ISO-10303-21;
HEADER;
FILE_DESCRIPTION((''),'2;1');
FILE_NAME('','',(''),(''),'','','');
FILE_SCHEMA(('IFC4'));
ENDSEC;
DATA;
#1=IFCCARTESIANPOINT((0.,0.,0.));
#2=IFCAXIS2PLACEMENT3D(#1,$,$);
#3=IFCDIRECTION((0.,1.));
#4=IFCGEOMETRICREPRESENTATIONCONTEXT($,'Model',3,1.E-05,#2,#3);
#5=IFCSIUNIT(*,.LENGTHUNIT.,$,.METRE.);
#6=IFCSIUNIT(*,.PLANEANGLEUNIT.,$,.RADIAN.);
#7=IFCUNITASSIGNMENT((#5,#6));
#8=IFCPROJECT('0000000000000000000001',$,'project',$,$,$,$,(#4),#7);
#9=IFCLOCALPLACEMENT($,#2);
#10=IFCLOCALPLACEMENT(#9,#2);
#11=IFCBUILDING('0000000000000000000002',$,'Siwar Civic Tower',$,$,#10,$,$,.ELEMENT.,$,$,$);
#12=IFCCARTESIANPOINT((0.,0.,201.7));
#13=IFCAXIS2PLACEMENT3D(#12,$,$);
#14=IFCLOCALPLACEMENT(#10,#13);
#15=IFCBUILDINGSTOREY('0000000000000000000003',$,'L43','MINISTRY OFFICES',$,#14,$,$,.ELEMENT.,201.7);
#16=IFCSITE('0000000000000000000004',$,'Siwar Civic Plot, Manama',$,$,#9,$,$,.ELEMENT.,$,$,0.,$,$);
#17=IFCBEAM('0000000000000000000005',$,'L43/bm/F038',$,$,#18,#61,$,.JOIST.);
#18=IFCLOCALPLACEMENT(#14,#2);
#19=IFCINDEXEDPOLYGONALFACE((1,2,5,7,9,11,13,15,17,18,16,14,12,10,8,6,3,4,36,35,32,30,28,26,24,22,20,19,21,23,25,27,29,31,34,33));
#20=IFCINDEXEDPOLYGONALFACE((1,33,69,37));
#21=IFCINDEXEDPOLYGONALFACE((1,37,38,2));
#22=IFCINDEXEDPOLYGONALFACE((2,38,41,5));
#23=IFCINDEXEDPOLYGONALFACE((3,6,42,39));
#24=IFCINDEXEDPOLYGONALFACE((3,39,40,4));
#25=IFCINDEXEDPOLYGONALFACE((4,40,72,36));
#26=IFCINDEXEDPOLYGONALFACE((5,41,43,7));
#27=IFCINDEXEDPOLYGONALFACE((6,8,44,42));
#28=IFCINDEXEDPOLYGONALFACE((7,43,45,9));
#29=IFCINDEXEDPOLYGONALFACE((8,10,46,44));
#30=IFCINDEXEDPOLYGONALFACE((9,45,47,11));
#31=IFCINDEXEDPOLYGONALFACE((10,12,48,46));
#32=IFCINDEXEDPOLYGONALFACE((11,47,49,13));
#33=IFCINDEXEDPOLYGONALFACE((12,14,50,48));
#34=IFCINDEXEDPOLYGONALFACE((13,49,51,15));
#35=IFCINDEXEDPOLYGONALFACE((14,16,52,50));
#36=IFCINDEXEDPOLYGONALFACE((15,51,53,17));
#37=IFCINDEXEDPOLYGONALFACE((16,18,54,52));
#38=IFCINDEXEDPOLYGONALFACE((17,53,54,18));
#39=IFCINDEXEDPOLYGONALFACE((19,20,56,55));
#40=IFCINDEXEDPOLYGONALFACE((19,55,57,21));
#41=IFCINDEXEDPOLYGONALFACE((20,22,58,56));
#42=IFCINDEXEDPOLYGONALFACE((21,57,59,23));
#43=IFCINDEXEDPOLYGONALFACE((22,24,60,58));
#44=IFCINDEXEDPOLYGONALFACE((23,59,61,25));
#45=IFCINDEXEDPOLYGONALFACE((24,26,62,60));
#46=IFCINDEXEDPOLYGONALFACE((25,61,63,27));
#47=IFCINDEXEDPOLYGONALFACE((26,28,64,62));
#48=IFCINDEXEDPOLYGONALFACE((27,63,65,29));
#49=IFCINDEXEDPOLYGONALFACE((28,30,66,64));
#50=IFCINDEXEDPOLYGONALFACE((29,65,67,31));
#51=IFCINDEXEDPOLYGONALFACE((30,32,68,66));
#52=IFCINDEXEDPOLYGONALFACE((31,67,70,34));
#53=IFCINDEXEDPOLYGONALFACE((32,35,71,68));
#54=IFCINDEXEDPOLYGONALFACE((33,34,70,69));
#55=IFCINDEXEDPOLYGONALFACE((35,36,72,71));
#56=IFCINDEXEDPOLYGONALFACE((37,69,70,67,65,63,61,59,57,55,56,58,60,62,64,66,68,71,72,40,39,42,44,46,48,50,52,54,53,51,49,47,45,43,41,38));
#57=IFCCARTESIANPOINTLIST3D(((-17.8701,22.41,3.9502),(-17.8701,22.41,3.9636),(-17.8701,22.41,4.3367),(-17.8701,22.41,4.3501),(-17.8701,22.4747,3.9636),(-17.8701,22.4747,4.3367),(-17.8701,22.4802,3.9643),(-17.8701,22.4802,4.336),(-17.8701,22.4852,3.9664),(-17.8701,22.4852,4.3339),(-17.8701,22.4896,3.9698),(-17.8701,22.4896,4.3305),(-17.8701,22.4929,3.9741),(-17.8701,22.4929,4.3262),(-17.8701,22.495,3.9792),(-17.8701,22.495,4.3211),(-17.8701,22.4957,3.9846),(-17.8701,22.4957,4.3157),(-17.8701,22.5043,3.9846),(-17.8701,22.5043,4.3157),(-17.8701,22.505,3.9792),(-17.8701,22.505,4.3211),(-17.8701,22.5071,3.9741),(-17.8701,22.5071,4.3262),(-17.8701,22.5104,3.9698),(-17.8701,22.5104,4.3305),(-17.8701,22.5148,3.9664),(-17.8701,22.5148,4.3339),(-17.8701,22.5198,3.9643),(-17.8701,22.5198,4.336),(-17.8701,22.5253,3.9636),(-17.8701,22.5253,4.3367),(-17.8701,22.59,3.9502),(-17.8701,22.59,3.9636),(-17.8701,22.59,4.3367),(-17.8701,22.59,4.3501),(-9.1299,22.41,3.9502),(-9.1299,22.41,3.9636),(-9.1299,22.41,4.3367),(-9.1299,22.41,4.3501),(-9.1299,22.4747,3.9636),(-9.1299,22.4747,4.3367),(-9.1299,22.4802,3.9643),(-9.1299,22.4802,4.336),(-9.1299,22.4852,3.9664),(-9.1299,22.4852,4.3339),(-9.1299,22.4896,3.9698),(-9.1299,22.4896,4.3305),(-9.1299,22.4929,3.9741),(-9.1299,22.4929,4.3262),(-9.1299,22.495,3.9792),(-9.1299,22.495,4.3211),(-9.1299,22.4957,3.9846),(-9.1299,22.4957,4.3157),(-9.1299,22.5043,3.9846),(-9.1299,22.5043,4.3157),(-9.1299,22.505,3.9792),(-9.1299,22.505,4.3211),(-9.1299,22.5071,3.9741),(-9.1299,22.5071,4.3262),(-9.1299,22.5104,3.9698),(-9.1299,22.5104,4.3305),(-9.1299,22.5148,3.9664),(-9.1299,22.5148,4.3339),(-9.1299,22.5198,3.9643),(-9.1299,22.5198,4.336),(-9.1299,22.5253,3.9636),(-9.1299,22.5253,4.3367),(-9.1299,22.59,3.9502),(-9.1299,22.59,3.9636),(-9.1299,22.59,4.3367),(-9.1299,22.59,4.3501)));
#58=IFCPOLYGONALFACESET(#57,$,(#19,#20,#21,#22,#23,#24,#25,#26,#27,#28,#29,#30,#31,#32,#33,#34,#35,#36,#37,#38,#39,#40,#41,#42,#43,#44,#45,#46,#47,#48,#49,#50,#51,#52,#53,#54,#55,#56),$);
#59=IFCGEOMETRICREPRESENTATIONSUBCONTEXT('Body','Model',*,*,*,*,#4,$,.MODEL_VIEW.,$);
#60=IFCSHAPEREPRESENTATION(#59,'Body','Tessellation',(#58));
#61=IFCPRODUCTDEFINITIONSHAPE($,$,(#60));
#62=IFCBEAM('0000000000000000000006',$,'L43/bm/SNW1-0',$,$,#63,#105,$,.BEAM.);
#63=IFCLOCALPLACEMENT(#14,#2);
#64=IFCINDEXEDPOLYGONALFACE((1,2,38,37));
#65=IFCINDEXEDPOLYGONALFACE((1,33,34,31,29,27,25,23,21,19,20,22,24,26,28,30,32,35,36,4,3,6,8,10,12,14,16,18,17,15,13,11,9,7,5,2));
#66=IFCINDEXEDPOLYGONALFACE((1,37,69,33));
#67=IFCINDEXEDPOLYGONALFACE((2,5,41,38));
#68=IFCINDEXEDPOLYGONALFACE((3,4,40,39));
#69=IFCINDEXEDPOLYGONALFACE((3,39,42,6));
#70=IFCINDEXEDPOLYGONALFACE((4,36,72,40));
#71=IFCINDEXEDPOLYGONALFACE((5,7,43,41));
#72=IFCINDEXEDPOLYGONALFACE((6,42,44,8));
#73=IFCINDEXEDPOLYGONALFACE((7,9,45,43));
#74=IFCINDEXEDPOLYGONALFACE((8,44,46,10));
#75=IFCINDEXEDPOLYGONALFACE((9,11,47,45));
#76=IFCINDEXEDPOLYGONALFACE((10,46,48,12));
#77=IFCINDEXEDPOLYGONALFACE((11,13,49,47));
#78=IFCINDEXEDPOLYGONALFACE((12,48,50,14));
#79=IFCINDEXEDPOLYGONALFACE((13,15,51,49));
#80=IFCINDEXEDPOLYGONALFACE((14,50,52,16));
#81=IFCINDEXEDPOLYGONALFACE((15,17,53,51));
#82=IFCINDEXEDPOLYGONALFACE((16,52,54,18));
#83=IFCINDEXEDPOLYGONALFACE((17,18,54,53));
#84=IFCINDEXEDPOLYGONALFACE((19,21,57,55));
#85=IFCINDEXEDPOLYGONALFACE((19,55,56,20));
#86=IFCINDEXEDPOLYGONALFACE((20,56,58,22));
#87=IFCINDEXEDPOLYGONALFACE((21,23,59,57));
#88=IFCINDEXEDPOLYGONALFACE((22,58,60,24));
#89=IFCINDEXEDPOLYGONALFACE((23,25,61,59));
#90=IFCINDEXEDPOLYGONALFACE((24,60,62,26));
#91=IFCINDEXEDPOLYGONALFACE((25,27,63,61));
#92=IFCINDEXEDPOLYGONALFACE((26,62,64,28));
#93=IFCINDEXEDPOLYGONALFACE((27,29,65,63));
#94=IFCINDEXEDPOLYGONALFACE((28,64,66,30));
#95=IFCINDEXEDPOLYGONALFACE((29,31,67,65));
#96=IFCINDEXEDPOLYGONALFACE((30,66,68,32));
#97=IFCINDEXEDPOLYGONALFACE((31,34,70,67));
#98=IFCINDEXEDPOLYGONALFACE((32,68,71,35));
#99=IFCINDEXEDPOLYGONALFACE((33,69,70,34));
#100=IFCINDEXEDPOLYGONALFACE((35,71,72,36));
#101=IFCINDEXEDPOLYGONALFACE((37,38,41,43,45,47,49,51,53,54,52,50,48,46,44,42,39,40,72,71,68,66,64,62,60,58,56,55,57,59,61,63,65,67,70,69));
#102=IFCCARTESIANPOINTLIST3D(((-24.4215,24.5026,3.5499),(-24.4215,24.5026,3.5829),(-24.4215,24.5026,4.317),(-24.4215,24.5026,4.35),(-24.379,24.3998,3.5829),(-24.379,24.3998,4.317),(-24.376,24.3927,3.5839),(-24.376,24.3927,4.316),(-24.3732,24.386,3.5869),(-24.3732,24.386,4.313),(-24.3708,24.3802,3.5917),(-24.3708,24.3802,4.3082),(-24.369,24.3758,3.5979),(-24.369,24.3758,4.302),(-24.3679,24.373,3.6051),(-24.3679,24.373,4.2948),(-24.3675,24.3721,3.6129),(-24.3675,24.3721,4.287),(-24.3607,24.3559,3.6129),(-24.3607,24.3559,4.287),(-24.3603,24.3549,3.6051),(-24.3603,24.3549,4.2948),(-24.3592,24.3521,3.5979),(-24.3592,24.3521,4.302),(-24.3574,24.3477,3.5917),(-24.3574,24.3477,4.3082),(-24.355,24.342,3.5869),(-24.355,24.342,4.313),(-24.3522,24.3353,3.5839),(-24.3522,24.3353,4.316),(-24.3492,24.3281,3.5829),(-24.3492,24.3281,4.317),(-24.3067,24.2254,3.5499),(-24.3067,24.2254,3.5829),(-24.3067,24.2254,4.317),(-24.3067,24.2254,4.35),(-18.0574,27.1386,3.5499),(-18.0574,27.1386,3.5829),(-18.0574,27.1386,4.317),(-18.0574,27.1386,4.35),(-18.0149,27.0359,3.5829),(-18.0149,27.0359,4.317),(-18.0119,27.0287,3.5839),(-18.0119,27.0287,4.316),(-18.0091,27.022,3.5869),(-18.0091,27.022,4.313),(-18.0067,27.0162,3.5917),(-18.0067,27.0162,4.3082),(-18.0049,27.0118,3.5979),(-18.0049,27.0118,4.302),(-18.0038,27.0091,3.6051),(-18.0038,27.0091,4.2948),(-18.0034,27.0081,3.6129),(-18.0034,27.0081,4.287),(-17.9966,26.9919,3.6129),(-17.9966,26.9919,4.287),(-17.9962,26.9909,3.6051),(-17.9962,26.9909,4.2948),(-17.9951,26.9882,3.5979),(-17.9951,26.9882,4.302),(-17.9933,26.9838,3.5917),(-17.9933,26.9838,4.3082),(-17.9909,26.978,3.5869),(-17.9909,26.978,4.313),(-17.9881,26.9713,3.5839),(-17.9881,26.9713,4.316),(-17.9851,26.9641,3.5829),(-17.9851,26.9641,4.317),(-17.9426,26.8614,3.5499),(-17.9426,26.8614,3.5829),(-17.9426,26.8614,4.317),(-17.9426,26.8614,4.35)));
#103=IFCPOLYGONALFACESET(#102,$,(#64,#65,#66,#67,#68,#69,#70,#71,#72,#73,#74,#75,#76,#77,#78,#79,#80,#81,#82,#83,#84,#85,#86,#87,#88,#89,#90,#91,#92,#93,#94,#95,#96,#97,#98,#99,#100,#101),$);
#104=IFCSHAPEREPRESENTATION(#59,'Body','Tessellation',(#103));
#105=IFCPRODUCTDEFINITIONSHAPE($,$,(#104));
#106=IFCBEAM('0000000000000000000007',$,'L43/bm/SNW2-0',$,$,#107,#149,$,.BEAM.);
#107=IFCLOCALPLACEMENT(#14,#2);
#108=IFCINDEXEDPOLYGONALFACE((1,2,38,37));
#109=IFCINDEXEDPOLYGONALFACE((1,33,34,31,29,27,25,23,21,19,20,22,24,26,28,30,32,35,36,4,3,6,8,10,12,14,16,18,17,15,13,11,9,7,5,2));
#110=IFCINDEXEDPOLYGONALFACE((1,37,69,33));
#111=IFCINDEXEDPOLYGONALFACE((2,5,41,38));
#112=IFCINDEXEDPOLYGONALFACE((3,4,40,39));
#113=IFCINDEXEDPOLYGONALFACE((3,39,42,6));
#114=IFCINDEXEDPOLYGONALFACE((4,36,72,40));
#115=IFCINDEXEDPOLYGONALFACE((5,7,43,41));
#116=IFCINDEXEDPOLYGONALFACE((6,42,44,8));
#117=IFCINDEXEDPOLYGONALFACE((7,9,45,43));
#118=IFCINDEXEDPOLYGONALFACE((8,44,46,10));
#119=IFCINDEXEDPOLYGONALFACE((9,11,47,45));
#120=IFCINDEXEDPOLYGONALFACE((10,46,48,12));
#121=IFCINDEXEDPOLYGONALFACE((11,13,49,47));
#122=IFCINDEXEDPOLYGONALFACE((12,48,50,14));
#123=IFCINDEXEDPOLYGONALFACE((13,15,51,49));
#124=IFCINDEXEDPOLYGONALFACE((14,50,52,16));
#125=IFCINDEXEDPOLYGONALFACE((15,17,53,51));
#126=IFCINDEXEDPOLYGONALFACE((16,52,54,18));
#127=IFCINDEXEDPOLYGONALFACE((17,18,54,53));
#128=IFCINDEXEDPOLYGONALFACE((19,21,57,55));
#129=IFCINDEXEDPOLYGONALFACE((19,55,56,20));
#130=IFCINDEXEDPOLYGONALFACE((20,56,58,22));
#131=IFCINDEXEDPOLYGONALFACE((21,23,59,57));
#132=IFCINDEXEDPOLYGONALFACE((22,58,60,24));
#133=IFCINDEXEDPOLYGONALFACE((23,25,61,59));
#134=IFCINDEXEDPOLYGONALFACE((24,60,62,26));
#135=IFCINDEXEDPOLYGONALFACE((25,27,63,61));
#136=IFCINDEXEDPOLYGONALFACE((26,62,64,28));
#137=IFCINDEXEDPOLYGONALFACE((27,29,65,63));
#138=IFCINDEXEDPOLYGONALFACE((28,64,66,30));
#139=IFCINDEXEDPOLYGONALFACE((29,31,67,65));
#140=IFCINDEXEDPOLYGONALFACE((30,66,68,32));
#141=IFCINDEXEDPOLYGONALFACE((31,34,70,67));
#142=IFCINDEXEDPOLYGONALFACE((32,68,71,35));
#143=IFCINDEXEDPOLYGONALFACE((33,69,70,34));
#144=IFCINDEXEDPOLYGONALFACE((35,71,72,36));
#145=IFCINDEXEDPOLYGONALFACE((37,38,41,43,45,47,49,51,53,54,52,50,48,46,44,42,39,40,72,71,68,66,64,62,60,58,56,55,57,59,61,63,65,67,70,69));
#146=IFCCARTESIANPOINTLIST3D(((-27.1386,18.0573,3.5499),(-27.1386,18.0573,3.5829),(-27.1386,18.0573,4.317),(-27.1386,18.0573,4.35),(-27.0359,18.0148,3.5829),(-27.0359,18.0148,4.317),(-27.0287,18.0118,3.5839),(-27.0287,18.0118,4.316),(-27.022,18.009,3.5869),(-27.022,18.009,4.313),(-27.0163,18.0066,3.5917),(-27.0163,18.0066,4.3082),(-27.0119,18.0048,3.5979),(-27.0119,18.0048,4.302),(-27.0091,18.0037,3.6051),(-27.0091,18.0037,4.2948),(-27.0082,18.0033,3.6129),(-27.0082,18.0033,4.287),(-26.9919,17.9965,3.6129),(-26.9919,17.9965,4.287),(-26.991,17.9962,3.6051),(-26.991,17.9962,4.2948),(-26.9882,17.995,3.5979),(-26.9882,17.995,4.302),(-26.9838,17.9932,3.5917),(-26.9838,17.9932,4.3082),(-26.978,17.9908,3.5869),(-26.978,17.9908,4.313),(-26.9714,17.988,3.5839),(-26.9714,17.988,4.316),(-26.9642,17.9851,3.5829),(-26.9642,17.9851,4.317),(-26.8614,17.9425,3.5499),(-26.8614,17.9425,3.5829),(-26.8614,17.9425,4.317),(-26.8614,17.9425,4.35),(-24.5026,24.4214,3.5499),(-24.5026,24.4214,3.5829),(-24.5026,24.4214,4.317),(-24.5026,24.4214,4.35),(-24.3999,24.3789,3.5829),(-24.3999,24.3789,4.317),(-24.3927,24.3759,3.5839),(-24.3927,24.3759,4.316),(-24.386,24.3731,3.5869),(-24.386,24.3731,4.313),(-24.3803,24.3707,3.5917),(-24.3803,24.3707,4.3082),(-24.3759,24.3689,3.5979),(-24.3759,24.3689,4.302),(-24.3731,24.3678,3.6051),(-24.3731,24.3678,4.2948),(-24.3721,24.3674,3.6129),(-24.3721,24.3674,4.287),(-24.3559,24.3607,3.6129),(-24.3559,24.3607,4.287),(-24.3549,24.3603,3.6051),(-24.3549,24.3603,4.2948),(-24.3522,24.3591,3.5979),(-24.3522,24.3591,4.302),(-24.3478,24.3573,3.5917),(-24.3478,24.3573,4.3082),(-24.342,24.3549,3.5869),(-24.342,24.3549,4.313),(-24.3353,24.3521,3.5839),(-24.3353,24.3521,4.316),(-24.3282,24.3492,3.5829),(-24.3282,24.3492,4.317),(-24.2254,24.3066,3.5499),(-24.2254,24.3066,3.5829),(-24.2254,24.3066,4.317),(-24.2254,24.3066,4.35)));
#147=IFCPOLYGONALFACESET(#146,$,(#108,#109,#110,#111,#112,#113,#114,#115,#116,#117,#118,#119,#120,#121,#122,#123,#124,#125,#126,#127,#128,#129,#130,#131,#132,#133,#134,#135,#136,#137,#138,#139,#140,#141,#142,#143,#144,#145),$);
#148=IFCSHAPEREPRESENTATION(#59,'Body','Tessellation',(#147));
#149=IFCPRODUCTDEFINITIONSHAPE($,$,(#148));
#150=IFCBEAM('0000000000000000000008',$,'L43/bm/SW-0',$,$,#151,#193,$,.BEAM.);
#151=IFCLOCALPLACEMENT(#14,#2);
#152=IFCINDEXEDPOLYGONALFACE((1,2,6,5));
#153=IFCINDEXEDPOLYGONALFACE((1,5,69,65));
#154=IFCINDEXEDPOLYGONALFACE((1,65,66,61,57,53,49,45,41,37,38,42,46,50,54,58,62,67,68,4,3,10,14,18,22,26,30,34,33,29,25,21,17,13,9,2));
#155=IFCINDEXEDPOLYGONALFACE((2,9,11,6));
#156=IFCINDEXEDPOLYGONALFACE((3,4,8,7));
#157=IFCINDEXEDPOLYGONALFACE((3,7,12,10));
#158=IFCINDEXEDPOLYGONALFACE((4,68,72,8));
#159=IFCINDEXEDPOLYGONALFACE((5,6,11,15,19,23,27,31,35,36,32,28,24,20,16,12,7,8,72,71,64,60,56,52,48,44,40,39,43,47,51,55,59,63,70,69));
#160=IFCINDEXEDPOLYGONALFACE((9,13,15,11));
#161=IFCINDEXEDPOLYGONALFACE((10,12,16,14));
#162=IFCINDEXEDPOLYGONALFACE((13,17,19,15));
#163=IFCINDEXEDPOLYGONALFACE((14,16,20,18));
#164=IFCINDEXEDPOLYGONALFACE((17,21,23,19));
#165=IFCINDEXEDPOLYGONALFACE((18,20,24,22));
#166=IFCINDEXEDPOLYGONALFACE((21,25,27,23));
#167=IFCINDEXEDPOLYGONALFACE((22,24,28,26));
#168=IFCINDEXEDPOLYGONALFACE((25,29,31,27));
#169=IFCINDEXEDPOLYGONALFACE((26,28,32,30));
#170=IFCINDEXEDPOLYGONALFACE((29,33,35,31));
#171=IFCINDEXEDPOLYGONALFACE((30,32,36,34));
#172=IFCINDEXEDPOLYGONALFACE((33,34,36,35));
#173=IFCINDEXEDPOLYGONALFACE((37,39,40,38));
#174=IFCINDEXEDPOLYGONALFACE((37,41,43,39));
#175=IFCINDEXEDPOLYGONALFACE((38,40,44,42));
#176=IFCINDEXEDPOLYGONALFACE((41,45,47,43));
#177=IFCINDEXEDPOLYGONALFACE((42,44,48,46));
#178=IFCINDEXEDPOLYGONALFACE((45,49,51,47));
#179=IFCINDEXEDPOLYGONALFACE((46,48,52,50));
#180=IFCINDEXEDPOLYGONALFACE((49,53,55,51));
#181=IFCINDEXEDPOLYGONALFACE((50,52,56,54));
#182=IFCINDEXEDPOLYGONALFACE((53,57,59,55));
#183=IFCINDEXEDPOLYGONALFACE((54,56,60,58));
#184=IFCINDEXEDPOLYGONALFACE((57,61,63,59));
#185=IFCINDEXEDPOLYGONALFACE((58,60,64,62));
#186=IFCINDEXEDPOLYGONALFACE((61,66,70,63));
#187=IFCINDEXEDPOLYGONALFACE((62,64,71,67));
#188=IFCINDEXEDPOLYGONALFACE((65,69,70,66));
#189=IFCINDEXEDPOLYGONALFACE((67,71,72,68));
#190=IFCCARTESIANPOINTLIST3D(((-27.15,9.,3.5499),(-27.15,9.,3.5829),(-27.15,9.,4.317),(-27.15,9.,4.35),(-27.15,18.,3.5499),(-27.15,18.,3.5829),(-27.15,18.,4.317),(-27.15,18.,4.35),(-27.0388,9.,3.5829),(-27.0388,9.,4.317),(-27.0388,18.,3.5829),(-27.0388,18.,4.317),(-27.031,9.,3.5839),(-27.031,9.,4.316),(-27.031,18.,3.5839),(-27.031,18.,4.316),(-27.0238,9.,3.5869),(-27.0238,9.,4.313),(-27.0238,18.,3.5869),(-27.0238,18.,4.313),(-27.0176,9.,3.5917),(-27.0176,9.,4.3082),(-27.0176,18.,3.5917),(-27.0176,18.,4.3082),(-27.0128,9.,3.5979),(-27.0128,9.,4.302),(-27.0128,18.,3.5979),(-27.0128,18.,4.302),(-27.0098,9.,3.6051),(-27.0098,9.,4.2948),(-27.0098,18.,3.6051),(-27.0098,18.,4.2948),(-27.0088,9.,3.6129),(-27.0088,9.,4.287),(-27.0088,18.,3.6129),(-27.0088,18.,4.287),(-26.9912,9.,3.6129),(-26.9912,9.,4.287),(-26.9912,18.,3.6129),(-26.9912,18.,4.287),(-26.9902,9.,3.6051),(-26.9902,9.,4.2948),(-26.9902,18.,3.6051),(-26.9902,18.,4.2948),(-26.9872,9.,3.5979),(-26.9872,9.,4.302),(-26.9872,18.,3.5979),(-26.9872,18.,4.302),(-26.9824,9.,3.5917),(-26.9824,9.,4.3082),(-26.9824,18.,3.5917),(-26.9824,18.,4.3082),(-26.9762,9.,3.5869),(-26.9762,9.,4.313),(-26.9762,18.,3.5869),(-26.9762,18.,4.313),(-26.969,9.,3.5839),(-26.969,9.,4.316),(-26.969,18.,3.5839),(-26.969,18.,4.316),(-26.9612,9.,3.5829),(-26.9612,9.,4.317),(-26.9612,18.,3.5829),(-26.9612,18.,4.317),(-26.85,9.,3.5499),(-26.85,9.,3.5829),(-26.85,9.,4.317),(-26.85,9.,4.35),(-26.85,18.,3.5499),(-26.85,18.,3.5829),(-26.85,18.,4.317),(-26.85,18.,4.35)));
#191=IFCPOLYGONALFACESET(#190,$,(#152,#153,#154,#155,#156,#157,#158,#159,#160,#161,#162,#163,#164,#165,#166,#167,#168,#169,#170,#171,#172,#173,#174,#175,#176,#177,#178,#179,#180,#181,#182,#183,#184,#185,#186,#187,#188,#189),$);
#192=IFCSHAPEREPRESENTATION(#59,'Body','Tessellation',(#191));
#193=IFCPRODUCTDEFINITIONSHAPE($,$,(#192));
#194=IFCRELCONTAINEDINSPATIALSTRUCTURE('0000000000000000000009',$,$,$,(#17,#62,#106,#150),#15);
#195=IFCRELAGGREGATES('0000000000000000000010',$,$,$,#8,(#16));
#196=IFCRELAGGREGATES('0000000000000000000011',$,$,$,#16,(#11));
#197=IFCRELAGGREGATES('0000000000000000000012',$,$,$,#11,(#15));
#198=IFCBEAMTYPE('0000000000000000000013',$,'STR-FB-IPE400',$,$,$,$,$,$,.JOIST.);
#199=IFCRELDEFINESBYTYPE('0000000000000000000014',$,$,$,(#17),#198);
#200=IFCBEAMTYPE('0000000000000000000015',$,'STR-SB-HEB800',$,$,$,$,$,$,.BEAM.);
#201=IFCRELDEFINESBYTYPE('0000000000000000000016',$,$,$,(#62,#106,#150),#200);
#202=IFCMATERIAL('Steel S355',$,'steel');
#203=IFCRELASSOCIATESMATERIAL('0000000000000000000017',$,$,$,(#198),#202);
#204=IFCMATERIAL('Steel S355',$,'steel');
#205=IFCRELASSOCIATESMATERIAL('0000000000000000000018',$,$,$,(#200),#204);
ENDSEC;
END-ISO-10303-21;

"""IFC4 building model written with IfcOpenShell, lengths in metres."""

from ifc_helpers import new_model, si_unit, direction, frame, origin, origin_2d, place, context, subcontext, project, spatial, i_section, extrude, material, material_profile, profile_set, type_object, element, save


model = new_model("IFC4")

# Units and contexts
model_context = context("Model", 3, precision=1e-05, world=origin(), true_north=direction((0.0, 1.0)))
body_context = subcontext(model_context, "Body", "Model", "MODEL_VIEW")
ifc_project = project(units=[si_unit("LENGTHUNIT", "METRE"), si_unit("PLANEANGLEUNIT", "RADIAN")], contexts=[model_context])

# Site, building, storey
site_placement = place(None, origin())
site = spatial("IfcSite", under=ifc_project, at=site_placement, Name="Siwar Civic Plot, Manama", CompositionType="ELEMENT", RefElevation=0.0)
building_placement = place(site_placement, origin())
building = spatial("IfcBuilding", under=site, at=building_placement, Name="Siwar Civic Tower", CompositionType="ELEMENT")
storey_placement = place(building_placement, frame((0.0, 0.0, 201.7)))
storey = spatial("IfcBuildingStorey", under=building, at=storey_placement, Name="L43", Description="MINISTRY OFFICES", CompositionType="ELEMENT", Elevation=201.7)

# Beams
ifc_material_1 = material(Name="Steel S355", Category="steel")
ifc_material_profile_1 = material_profile(ifc_material_1, i_section(OverallWidth=0.1799, OverallDepth=0.3999, WebThickness=0.0085, FlangeThickness=0.0134, FilletRadius=0.021, at=origin_2d()), Name="IPE400")
ifc_profile_set_1 = profile_set([ifc_material_profile_1], Name="Steel S355")
beam_type_1 = type_object("IfcBeamType", Name="STR-FB-IPE400", PredefinedType="JOIST", material=ifc_profile_set_1)
beam_1_placement = place(storey_placement, frame((-17.8701, 22.5, 4.1501), z_axis=(1.0, 0.0, 0.0), x_axis=(0.0, 1.0, 0.0)))
element("IfcBeam", 1, at=beam_1_placement, inside=storey, type_object=beam_type_1, Name="L43/bm/F038", PredefinedType="JOIST", context=body_context, shape_type="SweptSolid", body=[
    extrude(i_section(OverallWidth=0.1799, OverallDepth=0.3999, WebThickness=0.0085, FlangeThickness=0.0134, FilletRadius=0.021, at=origin_2d()), origin(), (0.0, 0.0, 1.0), 8.7402),
])
ifc_material_2 = material(Name="Steel S355", Category="steel")
ifc_material_profile_2 = material_profile(ifc_material_2, i_section(OverallWidth=0.3, OverallDepth=0.8, WebThickness=0.0176, FlangeThickness=0.033, FilletRadius=0.03, at=origin_2d()), Name="HEB800")
ifc_profile_set_2 = profile_set([ifc_material_profile_2], Name="Steel S355")
beam_type_2 = type_object("IfcBeamType", Name="STR-SB-HEB800", PredefinedType="BEAM", material=ifc_profile_set_2)
for number, where, z_axis, x_axis, name in (
    (2, (-18.0, 27.0, 3.95), (-0.923883, -0.382674, 0.0), (0.382674, -0.923883, 0.0), "L43/bm/SNW1-0"),
    (3, (-24.364, 24.364, 3.95), (-0.382674, -0.923883, 0.0), (0.923883, -0.382674, 0.0), "L43/bm/SNW2-0"),
):
    element("IfcBeam", number, at=place(storey_placement, frame(where, z_axis=z_axis, x_axis=x_axis)), inside=storey, type_object=beam_type_2, Name=name, PredefinedType="BEAM", context=body_context, shape_type="SweptSolid", body=[
        extrude(i_section(OverallWidth=0.3, OverallDepth=0.8, WebThickness=0.0176, FlangeThickness=0.033, FilletRadius=0.03, at=origin_2d()), origin(), (0.0, 0.0, 1.0), 6.8884),
    ])
beam_2_placement = place(storey_placement, frame((-27.0, 18.0, 3.95), z_axis=(0.0, -1.0, 0.0), x_axis=(1.0, 0.0, 0.0)))
element("IfcBeam", 4, at=beam_2_placement, inside=storey, type_object=beam_type_2, Name="L43/bm/SW-0", PredefinedType="BEAM", context=body_context, shape_type="SweptSolid", body=[
    extrude(i_section(OverallWidth=0.3, OverallDepth=0.8, WebThickness=0.0176, FlangeThickness=0.033, FilletRadius=0.03, at=origin_2d()), origin(), (0.0, 0.0, 1.0), 9.0),
])

save(model, "model.ifc")
